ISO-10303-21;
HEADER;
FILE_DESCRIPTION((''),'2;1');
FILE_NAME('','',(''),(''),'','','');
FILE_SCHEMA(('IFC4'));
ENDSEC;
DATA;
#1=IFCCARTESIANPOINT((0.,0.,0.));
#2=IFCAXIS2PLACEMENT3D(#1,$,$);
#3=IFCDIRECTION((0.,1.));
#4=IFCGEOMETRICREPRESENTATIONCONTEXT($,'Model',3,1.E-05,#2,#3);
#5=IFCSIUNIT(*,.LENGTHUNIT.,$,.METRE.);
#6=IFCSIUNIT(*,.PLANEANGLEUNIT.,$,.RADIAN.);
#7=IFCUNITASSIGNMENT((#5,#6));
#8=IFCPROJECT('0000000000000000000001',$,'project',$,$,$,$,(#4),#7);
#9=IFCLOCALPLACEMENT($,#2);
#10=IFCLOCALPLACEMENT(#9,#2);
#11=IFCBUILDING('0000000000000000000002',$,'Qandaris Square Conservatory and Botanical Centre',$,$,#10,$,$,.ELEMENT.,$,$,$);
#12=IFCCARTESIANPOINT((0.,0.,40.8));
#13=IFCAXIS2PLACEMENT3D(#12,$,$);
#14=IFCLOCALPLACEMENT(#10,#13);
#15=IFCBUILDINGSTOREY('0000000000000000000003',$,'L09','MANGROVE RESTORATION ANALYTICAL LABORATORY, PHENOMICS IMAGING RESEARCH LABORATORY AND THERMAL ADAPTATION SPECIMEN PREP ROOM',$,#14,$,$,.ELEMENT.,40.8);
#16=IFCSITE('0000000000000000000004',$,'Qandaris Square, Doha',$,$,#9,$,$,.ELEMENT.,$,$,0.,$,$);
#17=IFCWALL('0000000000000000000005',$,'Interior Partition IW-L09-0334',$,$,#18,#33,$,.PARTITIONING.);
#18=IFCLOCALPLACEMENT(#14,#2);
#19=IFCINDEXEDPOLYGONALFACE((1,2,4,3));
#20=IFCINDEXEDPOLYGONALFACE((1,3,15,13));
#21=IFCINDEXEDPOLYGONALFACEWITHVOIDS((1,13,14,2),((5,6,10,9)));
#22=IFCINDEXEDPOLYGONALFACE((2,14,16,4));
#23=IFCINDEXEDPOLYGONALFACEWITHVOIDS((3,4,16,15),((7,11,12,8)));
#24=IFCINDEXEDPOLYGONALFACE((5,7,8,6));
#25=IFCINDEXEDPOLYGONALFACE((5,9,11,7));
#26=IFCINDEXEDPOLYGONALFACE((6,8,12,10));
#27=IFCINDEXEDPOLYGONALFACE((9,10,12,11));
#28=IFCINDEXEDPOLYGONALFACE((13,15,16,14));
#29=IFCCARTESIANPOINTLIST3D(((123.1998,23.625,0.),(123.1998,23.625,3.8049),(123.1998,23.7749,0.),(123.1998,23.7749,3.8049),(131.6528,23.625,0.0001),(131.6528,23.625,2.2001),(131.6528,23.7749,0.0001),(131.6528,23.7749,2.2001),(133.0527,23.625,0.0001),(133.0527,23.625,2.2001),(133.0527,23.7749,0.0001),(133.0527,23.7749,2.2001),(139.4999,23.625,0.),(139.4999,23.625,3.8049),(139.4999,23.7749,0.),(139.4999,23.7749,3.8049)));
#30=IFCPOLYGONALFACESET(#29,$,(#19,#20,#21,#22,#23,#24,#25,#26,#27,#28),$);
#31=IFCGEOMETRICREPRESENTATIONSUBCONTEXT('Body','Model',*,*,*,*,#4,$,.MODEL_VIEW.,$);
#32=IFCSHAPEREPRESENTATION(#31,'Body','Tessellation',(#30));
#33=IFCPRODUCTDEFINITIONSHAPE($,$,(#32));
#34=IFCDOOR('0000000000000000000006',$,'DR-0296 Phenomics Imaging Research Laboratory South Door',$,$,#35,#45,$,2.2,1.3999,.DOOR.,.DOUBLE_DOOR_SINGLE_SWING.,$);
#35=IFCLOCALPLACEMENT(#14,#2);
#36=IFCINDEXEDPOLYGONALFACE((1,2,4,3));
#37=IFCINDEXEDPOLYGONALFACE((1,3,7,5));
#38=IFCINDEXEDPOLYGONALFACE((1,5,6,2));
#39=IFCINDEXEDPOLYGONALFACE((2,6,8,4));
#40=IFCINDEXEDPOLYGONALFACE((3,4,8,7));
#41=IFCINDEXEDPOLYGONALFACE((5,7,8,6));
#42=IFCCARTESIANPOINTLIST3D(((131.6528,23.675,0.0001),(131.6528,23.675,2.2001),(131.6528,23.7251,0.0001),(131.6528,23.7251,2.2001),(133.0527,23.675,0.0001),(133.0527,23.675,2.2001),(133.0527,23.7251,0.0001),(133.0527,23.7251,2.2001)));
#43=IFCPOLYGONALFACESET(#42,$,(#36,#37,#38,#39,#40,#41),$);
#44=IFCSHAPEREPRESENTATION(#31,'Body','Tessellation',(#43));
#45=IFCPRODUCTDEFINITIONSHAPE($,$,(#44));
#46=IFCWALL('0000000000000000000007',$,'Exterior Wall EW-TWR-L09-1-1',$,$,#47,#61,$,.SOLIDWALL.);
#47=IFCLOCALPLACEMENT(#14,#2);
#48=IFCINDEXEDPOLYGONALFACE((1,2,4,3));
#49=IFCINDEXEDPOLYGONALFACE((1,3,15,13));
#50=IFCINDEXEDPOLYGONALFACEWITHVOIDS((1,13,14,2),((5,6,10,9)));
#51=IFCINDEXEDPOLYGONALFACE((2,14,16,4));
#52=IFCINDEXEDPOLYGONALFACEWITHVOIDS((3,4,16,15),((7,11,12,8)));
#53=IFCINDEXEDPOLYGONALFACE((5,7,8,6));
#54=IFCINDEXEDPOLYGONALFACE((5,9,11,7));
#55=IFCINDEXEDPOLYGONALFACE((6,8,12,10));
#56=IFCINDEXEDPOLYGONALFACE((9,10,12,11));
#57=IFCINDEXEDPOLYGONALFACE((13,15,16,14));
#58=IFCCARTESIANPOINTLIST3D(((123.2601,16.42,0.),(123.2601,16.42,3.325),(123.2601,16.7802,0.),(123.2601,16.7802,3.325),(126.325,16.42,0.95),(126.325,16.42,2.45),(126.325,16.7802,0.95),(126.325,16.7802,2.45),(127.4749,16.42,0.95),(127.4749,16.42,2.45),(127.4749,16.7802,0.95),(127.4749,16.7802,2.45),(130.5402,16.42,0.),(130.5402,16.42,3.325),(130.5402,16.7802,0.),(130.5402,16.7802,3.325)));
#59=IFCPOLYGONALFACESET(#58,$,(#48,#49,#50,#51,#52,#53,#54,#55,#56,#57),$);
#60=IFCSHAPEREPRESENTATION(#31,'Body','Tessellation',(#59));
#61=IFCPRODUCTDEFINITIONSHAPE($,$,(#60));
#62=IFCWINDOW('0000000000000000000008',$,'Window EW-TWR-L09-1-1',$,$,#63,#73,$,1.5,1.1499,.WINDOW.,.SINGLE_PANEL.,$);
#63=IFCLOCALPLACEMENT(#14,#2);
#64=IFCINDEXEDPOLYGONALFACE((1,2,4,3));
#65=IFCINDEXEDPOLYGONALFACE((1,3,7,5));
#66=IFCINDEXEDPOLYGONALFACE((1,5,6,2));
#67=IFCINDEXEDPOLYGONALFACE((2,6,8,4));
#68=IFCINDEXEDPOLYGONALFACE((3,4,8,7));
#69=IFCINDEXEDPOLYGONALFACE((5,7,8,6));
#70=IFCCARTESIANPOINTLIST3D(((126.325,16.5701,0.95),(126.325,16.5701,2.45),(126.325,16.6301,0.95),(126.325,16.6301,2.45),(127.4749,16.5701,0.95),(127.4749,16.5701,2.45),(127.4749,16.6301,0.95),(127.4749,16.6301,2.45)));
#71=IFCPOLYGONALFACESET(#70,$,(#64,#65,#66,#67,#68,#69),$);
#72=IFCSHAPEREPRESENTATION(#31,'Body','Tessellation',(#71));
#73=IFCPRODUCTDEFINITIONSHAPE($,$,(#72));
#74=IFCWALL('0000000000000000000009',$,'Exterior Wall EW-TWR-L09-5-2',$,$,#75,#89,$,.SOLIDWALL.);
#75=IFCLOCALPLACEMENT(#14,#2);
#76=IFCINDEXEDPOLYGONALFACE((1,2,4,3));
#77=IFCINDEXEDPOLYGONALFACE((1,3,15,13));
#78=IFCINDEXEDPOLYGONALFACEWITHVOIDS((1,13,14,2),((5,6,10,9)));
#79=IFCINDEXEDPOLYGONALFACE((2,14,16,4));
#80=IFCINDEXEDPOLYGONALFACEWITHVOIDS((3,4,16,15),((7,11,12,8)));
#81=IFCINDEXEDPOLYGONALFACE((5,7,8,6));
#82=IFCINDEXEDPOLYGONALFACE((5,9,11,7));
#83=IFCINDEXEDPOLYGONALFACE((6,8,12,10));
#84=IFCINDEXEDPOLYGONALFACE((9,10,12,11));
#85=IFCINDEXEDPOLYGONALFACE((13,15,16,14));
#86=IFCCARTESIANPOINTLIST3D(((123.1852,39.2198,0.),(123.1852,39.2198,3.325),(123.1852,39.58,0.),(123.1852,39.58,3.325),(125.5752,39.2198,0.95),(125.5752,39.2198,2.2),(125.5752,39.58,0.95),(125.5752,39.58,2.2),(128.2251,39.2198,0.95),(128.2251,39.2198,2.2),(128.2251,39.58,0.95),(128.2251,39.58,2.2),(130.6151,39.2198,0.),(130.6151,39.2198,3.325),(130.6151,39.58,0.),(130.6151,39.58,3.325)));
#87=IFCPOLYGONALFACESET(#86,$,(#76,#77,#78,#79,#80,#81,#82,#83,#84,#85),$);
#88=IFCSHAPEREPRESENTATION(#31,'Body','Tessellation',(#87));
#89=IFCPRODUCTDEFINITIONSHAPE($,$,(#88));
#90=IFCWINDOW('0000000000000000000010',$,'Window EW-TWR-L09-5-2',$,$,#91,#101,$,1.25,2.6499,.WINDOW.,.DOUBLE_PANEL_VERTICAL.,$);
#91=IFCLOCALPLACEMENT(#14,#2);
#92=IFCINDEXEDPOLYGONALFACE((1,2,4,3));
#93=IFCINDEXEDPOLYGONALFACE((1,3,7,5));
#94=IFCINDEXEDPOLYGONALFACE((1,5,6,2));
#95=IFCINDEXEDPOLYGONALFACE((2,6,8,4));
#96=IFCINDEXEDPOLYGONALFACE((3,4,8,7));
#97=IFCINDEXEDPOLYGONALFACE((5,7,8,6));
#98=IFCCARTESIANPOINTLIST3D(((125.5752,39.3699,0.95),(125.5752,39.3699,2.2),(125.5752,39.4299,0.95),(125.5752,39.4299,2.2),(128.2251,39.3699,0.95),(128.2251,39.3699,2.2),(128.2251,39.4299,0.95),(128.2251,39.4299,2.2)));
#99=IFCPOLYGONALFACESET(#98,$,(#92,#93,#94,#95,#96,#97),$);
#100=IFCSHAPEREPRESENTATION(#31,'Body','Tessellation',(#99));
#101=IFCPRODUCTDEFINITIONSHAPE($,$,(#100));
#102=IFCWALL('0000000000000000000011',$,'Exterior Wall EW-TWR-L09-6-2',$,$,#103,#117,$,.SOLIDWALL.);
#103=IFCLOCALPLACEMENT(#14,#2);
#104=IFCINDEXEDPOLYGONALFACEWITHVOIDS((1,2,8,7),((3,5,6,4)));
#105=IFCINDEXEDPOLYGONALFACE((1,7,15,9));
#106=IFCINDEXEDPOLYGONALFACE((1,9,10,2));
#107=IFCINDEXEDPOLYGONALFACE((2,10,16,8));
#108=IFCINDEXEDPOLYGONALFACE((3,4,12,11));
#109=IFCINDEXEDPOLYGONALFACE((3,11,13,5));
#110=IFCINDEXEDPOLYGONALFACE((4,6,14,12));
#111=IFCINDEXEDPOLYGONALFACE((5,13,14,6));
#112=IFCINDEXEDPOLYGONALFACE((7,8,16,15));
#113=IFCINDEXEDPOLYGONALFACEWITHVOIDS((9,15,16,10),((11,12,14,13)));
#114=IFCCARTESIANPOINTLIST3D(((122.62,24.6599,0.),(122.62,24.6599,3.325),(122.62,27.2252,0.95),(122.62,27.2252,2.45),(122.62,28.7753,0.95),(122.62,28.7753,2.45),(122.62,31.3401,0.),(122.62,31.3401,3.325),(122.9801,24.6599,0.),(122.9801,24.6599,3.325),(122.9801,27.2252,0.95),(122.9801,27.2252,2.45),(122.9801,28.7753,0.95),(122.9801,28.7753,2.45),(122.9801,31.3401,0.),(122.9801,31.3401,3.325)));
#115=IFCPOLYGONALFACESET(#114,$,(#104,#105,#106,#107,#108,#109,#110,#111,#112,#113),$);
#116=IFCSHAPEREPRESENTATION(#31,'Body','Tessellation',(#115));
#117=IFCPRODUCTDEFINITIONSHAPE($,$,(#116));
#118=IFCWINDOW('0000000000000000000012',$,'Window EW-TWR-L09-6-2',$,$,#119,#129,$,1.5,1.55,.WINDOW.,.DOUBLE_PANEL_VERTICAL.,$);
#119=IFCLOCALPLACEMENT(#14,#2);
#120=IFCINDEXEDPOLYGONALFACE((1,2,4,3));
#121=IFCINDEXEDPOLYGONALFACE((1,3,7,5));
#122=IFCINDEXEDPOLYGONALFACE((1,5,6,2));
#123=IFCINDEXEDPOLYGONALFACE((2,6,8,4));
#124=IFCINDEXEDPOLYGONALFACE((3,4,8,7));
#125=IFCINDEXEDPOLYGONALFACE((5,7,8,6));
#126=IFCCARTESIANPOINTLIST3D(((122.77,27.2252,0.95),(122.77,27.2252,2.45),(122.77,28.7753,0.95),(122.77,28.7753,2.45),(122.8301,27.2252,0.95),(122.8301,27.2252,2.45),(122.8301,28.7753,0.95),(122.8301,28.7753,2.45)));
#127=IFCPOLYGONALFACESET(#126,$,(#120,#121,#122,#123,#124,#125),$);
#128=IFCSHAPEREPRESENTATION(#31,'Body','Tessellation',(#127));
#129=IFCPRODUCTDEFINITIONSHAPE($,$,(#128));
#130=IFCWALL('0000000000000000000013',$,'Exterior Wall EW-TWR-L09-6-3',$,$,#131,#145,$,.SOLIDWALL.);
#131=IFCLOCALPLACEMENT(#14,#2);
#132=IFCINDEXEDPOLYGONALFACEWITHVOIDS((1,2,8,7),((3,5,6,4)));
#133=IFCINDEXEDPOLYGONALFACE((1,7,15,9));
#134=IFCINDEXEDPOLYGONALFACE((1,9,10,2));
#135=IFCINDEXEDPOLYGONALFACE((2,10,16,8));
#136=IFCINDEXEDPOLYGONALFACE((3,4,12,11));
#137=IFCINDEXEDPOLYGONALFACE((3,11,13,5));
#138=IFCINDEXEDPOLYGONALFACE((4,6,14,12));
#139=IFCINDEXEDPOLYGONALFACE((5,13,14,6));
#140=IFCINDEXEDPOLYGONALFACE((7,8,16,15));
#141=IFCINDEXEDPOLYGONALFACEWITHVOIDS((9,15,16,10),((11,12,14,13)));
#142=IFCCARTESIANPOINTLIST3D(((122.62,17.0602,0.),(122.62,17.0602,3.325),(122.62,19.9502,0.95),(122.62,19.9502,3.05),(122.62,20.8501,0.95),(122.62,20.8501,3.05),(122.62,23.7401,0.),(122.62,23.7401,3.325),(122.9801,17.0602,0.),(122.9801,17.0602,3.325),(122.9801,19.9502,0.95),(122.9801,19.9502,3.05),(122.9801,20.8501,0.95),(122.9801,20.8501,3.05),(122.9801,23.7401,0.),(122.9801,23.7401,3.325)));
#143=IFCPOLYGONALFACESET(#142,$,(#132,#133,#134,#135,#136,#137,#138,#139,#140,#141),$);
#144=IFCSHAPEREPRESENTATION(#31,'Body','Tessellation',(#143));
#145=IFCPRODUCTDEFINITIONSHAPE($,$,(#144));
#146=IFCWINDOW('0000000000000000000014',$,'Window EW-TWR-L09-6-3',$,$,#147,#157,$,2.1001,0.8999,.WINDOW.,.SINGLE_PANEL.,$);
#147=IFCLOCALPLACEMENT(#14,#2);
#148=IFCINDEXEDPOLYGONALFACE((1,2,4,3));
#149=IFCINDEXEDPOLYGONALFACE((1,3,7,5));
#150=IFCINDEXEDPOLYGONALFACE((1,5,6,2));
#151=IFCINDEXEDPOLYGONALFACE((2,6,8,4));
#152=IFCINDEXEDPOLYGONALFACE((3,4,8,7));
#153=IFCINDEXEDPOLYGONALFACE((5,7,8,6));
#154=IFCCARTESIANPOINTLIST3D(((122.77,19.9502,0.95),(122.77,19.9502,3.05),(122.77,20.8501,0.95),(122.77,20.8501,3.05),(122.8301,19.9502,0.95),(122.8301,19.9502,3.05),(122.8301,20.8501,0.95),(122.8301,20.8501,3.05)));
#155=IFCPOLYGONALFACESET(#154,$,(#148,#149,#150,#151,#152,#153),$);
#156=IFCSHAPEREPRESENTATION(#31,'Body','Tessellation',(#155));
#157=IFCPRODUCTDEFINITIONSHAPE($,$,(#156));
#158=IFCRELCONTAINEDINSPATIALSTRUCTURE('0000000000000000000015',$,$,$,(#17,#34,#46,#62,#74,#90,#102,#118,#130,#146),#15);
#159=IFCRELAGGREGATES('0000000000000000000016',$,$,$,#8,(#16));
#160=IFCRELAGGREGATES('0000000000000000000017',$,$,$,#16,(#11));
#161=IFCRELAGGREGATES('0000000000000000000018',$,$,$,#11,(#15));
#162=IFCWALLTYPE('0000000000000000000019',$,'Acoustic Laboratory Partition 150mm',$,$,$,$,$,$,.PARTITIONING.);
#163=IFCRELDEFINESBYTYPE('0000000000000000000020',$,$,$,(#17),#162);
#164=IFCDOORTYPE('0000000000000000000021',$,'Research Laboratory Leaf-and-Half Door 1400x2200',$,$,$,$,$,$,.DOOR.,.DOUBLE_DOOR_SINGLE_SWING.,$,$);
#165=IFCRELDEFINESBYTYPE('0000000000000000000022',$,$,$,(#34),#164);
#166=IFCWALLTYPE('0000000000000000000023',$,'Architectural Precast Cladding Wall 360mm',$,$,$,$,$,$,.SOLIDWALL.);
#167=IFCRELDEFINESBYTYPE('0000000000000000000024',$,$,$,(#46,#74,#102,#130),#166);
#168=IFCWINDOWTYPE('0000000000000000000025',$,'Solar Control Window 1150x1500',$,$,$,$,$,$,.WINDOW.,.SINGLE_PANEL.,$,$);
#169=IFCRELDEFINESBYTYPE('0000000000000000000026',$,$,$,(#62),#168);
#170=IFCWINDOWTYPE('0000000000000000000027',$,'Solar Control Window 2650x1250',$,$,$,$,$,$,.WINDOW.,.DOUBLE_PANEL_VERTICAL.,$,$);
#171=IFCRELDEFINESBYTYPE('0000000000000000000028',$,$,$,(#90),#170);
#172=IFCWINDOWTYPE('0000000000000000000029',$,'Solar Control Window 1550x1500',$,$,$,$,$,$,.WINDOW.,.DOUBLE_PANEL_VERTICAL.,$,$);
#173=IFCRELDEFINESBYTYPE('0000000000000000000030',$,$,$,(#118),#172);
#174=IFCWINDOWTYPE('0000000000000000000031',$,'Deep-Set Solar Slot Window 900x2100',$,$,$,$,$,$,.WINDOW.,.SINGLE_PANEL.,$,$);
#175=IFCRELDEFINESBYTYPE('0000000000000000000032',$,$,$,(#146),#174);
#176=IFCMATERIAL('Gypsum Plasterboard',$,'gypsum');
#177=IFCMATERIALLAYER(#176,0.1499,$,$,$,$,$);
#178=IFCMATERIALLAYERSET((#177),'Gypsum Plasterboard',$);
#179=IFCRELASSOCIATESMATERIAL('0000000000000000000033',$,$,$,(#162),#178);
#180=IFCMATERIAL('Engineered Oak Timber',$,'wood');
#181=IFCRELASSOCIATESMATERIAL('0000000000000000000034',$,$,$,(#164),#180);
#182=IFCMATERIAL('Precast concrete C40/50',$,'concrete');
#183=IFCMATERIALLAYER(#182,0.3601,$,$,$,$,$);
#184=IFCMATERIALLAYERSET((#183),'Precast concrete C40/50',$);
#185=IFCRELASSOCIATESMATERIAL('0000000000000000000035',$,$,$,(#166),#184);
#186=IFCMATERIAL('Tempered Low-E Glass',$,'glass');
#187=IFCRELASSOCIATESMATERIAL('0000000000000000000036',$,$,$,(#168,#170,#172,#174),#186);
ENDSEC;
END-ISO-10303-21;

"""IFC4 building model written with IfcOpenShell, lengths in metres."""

from ifc_helpers import new_model, si_unit, direction, frame, frame_2d, origin, place, context, subcontext, project, spatial, rectangle, extrude, material, layer, layer_set, type_object, element, fill, save


model = new_model("IFC4")

# Units and contexts
model_context = context("Model", 3, precision=1e-05, world=origin(), true_north=direction((0.0, 1.0)))
body_context = subcontext(model_context, "Body", "Model", "MODEL_VIEW")
ifc_project = project(units=[si_unit("LENGTHUNIT", "METRE"), si_unit("PLANEANGLEUNIT", "RADIAN")], contexts=[model_context])

# Site, building, storey
site_placement = place(None, origin())
site = spatial("IfcSite", under=ifc_project, at=site_placement, Name="Qandaris Square, Doha", CompositionType="ELEMENT", RefElevation=0.0)
building_placement = place(site_placement, origin())
building = spatial("IfcBuilding", under=site, at=building_placement, Name="Qandaris Square Conservatory and Botanical Centre", CompositionType="ELEMENT")
storey_placement = place(building_placement, frame((0.0, 0.0, 40.8)))
storey = spatial("IfcBuildingStorey", under=building, at=storey_placement, Name="L09", Description="MANGROVE RESTORATION ANALYTICAL LABORATORY, PHENOMICS IMAGING RESEARCH LABORATORY AND THERMAL ADAPTATION SPECIMEN PREP ROOM", CompositionType="ELEMENT", Elevation=40.8)

# Wall, opening, door
ifc_material_1 = material(Name="Gypsum Plasterboard", Category="gypsum")
ifc_layer_1 = layer(ifc_material_1, 0.1499)
ifc_layer_set_1 = layer_set([ifc_layer_1], Name="Gypsum Plasterboard")
wall_type_1 = type_object("IfcWallType", Name="Acoustic Laboratory Partition 150mm", PredefinedType="PARTITIONING", material=ifc_layer_set_1)
wall_1_placement = place(storey_placement, frame((123.2, 23.7, 0.0), z_axis=(0.0, 0.0, 1.0), x_axis=(1.0, 0.0, 0.0)))
wall_1 = element("IfcWall", 1, at=wall_1_placement, inside=storey, type_object=wall_type_1, Name="Interior Partition IW-L09-0334", PredefinedType="PARTITIONING", context=body_context, shape_type="SweptSolid", body=[
    extrude(rectangle(XDim=16.3, YDim=0.1499, at=frame_2d((8.1499, 0.0))), origin(), (0.0, 0.0, 1.0), 3.8049),
])
opening_1_placement = place(wall_1_placement, frame((8.4529, 0.0, 0.0)))
opening_1 = element("IfcOpeningElement", 2, at=opening_1_placement, cuts=wall_1, PredefinedType="OPENING", context=body_context, shape_type="SweptSolid", body=[
    extrude(rectangle(XDim=1.3999, YDim=2.2, at=frame_2d((0.7, 1.1001))), frame((0.0, 0.0869, 0.0), z_axis=(0.0, -1.0, 0.0), x_axis=(1.0, 0.0, 0.0)), (0.0, 0.0, 1.0), 0.1738),
])
ifc_material_2 = material(Name="Engineered Oak Timber", Category="wood")
door_type_1 = type_object("IfcDoorType", Name="Research Laboratory Leaf-and-Half Door 1400x2200", OperationType="DOUBLE_DOOR_SINGLE_SWING", PredefinedType="DOOR", material=ifc_material_2)
door_1_placement = place(opening_1_placement, frame((1.3999, 0.0, 0.0), z_axis=(0.0, 0.0, 1.0), x_axis=(-1.0, 0.0, 0.0)))
door_1 = element("IfcDoor", 3, at=door_1_placement, inside=storey, type_object=door_type_1, Name="DR-0296 Phenomics Imaging Research Laboratory South Door", OperationType="DOUBLE_DOOR_SINGLE_SWING", OverallHeight=2.2, OverallWidth=1.3999, PredefinedType="DOOR", context=body_context, shape_type="SweptSolid", body=[
    extrude(rectangle(XDim=1.3999, YDim=2.2, at=frame_2d((0.7, 1.1001))), frame((0.0, 0.0249, 0.0), z_axis=(0.0, -1.0, 0.0), x_axis=(1.0, 0.0, 0.0)), (0.0, 0.0, 1.0), 0.05),
])
fill(opening_1, door_1)

# Walls, openings, windows
ifc_material_3 = material(Name="Precast concrete C40/50", Category="concrete")
ifc_layer_2 = layer(ifc_material_3, 0.3601)
ifc_layer_set_2 = layer_set([ifc_layer_2], Name="Precast concrete C40/50")
wall_type_2 = type_object("IfcWallType", Name="Architectural Precast Cladding Wall 360mm", PredefinedType="SOLIDWALL", material=ifc_layer_set_2)
wall_2_placement = place(storey_placement, frame((123.26, 16.6001, 0.0), z_axis=(0.0, 0.0, 1.0), x_axis=(1.0, 0.0, 0.0)))
wall_2 = element("IfcWall", 4, at=wall_2_placement, inside=storey, type_object=wall_type_2, Name="Exterior Wall EW-TWR-L09-1-1", PredefinedType="SOLIDWALL", context=body_context, shape_type="SweptSolid", body=[
    extrude(rectangle(XDim=7.28, YDim=0.3601, at=frame_2d((3.6401, 0.0))), origin(), (0.0, 0.0, 1.0), 3.325),
])
opening_2_placement = place(wall_2_placement, frame((3.0649, 0.0, 0.95)))
opening_2 = element("IfcOpeningElement", 5, at=opening_2_placement, cuts=wall_2, PredefinedType="OPENING", context=body_context, shape_type="SweptSolid", body=[
    extrude(rectangle(XDim=1.1499, YDim=1.5, at=frame_2d((0.575, 0.75))), frame((0.0, 0.1919, 0.0), z_axis=(0.0, -1.0, 0.0), x_axis=(1.0, 0.0, 0.0)), (0.0, 0.0, 1.0), 0.384),
])
ifc_material_4 = material(Name="Tempered Low-E Glass", Category="glass")
window_type_1 = type_object("IfcWindowType", Name="Solar Control Window 1150x1500", PartitioningType="SINGLE_PANEL", PredefinedType="WINDOW", material=ifc_material_4)
window_1_placement = place(opening_2_placement, origin())
window_1 = element("IfcWindow", 6, at=window_1_placement, inside=storey, type_object=window_type_1, Name="Window EW-TWR-L09-1-1", OverallHeight=1.5, OverallWidth=1.1499, PartitioningType="SINGLE_PANEL", PredefinedType="WINDOW", context=body_context, shape_type="SweptSolid", body=[
    extrude(rectangle(XDim=1.1499, YDim=1.5, at=frame_2d((0.575, 0.75))), frame((0.0, 0.03, 0.0), z_axis=(0.0, -1.0, 0.0), x_axis=(1.0, 0.0, 0.0)), (0.0, 0.0, 1.0), 0.0601),
])
fill(opening_2, window_1)
wall_3_placement = place(storey_placement, frame((130.615, 39.3999, 0.0), z_axis=(0.0, 0.0, 1.0), x_axis=(-1.0, 0.0, 0.0)))
wall_3 = element("IfcWall", 7, at=wall_3_placement, inside=storey, type_object=wall_type_2, Name="Exterior Wall EW-TWR-L09-5-2", PredefinedType="SOLIDWALL", context=body_context, shape_type="SweptSolid", body=[
    extrude(rectangle(XDim=7.4299, YDim=0.3601, at=frame_2d((3.7148, 0.0))), origin(), (0.0, 0.0, 1.0), 3.325),
])
opening_3_placement = place(wall_3_placement, frame((2.3899, 0.0, 0.95)))
opening_3 = element("IfcOpeningElement", 8, at=opening_3_placement, cuts=wall_3, PredefinedType="OPENING", context=body_context, shape_type="SweptSolid", body=[
    extrude(rectangle(XDim=2.6499, YDim=1.25, at=frame_2d((1.325, 0.625))), frame((0.0, 0.1919, 0.0), z_axis=(0.0, -1.0, 0.0), x_axis=(1.0, 0.0, 0.0)), (0.0, 0.0, 1.0), 0.384),
])
window_type_2 = type_object("IfcWindowType", Name="Solar Control Window 2650x1250", PartitioningType="DOUBLE_PANEL_VERTICAL", PredefinedType="WINDOW", material=ifc_material_4)
window_2_placement = place(opening_3_placement, origin())
window_2 = element("IfcWindow", 9, at=window_2_placement, inside=storey, type_object=window_type_2, Name="Window EW-TWR-L09-5-2", OverallHeight=1.25, OverallWidth=2.6499, PartitioningType="DOUBLE_PANEL_VERTICAL", PredefinedType="WINDOW", context=body_context, shape_type="SweptSolid", body=[
    extrude(rectangle(XDim=2.6499, YDim=1.25, at=frame_2d((1.325, 0.625))), frame((0.0, 0.03, 0.0), z_axis=(0.0, -1.0, 0.0), x_axis=(1.0, 0.0, 0.0)), (0.0, 0.0, 1.0), 0.0601),
])
fill(opening_3, window_2)
wall_4_placement = place(storey_placement, frame((122.8, 31.3401, 0.0), z_axis=(0.0, 0.0, 1.0), x_axis=(0.0, -1.0, 0.0)))
wall_4 = element("IfcWall", 10, at=wall_4_placement, inside=storey, type_object=wall_type_2, Name="Exterior Wall EW-TWR-L09-6-2", PredefinedType="SOLIDWALL", context=body_context, shape_type="SweptSolid", body=[
    extrude(rectangle(XDim=6.6802, YDim=0.3601, at=frame_2d((3.3401, 0.0))), origin(), (0.0, 0.0, 1.0), 3.325),
])
opening_4_placement = place(wall_4_placement, frame((2.5649, 0.0, 0.95)))
opening_4 = element("IfcOpeningElement", 11, at=opening_4_placement, cuts=wall_4, PredefinedType="OPENING", context=body_context, shape_type="SweptSolid", body=[
    extrude(rectangle(XDim=1.55, YDim=1.5, at=frame_2d((0.7749, 0.75))), frame((0.0, 0.1919, 0.0), z_axis=(0.0, -1.0, 0.0), x_axis=(1.0, 0.0, 0.0)), (0.0, 0.0, 1.0), 0.384),
])
window_type_3 = type_object("IfcWindowType", Name="Solar Control Window 1550x1500", PartitioningType="DOUBLE_PANEL_VERTICAL", PredefinedType="WINDOW", material=ifc_material_4)
window_3_placement = place(opening_4_placement, origin())
window_3 = element("IfcWindow", 12, at=window_3_placement, inside=storey, type_object=window_type_3, Name="Window EW-TWR-L09-6-2", OverallHeight=1.5, OverallWidth=1.55, PartitioningType="DOUBLE_PANEL_VERTICAL", PredefinedType="WINDOW", context=body_context, shape_type="SweptSolid", body=[
    extrude(rectangle(XDim=1.55, YDim=1.5, at=frame_2d((0.7749, 0.75))), frame((0.0, 0.03, 0.0), z_axis=(0.0, -1.0, 0.0), x_axis=(1.0, 0.0, 0.0)), (0.0, 0.0, 1.0), 0.0601),
])
fill(opening_4, window_3)
wall_5_placement = place(storey_placement, frame((122.8, 23.74, 0.0), z_axis=(0.0, 0.0, 1.0), x_axis=(0.0, -1.0, 0.0)))
wall_5 = element("IfcWall", 13, at=wall_5_placement, inside=storey, type_object=wall_type_2, Name="Exterior Wall EW-TWR-L09-6-3", PredefinedType="SOLIDWALL", context=body_context, shape_type="SweptSolid", body=[
    extrude(rectangle(XDim=6.6799, YDim=0.3601, at=frame_2d((3.3398, 0.0))), origin(), (0.0, 0.0, 1.0), 3.325),
])
opening_5_placement = place(wall_5_placement, frame((2.8899, 0.0, 0.95)))
opening_5 = element("IfcOpeningElement", 14, at=opening_5_placement, cuts=wall_5, PredefinedType="OPENING", context=body_context, shape_type="SweptSolid", body=[
    extrude(rectangle(XDim=0.8999, YDim=2.1001, at=frame_2d((0.45, 1.05))), frame((0.0, 0.1919, 0.0), z_axis=(0.0, -1.0, 0.0), x_axis=(1.0, 0.0, 0.0)), (0.0, 0.0, 1.0), 0.384),
])
window_type_4 = type_object("IfcWindowType", Name="Deep-Set Solar Slot Window 900x2100", PartitioningType="SINGLE_PANEL", PredefinedType="WINDOW", material=ifc_material_4)
window_4_placement = place(opening_5_placement, origin())
window_4 = element("IfcWindow", 15, at=window_4_placement, inside=storey, type_object=window_type_4, Name="Window EW-TWR-L09-6-3", OverallHeight=2.1001, OverallWidth=0.8999, PartitioningType="SINGLE_PANEL", PredefinedType="WINDOW", context=body_context, shape_type="SweptSolid", body=[
    extrude(rectangle(XDim=0.8999, YDim=2.1001, at=frame_2d((0.45, 1.05))), frame((0.0, 0.03, 0.0), z_axis=(0.0, -1.0, 0.0), x_axis=(1.0, 0.0, 0.0)), (0.0, 0.0, 1.0), 0.0601),
])
fill(opening_5, window_4)

save(model, "model.ifc")
